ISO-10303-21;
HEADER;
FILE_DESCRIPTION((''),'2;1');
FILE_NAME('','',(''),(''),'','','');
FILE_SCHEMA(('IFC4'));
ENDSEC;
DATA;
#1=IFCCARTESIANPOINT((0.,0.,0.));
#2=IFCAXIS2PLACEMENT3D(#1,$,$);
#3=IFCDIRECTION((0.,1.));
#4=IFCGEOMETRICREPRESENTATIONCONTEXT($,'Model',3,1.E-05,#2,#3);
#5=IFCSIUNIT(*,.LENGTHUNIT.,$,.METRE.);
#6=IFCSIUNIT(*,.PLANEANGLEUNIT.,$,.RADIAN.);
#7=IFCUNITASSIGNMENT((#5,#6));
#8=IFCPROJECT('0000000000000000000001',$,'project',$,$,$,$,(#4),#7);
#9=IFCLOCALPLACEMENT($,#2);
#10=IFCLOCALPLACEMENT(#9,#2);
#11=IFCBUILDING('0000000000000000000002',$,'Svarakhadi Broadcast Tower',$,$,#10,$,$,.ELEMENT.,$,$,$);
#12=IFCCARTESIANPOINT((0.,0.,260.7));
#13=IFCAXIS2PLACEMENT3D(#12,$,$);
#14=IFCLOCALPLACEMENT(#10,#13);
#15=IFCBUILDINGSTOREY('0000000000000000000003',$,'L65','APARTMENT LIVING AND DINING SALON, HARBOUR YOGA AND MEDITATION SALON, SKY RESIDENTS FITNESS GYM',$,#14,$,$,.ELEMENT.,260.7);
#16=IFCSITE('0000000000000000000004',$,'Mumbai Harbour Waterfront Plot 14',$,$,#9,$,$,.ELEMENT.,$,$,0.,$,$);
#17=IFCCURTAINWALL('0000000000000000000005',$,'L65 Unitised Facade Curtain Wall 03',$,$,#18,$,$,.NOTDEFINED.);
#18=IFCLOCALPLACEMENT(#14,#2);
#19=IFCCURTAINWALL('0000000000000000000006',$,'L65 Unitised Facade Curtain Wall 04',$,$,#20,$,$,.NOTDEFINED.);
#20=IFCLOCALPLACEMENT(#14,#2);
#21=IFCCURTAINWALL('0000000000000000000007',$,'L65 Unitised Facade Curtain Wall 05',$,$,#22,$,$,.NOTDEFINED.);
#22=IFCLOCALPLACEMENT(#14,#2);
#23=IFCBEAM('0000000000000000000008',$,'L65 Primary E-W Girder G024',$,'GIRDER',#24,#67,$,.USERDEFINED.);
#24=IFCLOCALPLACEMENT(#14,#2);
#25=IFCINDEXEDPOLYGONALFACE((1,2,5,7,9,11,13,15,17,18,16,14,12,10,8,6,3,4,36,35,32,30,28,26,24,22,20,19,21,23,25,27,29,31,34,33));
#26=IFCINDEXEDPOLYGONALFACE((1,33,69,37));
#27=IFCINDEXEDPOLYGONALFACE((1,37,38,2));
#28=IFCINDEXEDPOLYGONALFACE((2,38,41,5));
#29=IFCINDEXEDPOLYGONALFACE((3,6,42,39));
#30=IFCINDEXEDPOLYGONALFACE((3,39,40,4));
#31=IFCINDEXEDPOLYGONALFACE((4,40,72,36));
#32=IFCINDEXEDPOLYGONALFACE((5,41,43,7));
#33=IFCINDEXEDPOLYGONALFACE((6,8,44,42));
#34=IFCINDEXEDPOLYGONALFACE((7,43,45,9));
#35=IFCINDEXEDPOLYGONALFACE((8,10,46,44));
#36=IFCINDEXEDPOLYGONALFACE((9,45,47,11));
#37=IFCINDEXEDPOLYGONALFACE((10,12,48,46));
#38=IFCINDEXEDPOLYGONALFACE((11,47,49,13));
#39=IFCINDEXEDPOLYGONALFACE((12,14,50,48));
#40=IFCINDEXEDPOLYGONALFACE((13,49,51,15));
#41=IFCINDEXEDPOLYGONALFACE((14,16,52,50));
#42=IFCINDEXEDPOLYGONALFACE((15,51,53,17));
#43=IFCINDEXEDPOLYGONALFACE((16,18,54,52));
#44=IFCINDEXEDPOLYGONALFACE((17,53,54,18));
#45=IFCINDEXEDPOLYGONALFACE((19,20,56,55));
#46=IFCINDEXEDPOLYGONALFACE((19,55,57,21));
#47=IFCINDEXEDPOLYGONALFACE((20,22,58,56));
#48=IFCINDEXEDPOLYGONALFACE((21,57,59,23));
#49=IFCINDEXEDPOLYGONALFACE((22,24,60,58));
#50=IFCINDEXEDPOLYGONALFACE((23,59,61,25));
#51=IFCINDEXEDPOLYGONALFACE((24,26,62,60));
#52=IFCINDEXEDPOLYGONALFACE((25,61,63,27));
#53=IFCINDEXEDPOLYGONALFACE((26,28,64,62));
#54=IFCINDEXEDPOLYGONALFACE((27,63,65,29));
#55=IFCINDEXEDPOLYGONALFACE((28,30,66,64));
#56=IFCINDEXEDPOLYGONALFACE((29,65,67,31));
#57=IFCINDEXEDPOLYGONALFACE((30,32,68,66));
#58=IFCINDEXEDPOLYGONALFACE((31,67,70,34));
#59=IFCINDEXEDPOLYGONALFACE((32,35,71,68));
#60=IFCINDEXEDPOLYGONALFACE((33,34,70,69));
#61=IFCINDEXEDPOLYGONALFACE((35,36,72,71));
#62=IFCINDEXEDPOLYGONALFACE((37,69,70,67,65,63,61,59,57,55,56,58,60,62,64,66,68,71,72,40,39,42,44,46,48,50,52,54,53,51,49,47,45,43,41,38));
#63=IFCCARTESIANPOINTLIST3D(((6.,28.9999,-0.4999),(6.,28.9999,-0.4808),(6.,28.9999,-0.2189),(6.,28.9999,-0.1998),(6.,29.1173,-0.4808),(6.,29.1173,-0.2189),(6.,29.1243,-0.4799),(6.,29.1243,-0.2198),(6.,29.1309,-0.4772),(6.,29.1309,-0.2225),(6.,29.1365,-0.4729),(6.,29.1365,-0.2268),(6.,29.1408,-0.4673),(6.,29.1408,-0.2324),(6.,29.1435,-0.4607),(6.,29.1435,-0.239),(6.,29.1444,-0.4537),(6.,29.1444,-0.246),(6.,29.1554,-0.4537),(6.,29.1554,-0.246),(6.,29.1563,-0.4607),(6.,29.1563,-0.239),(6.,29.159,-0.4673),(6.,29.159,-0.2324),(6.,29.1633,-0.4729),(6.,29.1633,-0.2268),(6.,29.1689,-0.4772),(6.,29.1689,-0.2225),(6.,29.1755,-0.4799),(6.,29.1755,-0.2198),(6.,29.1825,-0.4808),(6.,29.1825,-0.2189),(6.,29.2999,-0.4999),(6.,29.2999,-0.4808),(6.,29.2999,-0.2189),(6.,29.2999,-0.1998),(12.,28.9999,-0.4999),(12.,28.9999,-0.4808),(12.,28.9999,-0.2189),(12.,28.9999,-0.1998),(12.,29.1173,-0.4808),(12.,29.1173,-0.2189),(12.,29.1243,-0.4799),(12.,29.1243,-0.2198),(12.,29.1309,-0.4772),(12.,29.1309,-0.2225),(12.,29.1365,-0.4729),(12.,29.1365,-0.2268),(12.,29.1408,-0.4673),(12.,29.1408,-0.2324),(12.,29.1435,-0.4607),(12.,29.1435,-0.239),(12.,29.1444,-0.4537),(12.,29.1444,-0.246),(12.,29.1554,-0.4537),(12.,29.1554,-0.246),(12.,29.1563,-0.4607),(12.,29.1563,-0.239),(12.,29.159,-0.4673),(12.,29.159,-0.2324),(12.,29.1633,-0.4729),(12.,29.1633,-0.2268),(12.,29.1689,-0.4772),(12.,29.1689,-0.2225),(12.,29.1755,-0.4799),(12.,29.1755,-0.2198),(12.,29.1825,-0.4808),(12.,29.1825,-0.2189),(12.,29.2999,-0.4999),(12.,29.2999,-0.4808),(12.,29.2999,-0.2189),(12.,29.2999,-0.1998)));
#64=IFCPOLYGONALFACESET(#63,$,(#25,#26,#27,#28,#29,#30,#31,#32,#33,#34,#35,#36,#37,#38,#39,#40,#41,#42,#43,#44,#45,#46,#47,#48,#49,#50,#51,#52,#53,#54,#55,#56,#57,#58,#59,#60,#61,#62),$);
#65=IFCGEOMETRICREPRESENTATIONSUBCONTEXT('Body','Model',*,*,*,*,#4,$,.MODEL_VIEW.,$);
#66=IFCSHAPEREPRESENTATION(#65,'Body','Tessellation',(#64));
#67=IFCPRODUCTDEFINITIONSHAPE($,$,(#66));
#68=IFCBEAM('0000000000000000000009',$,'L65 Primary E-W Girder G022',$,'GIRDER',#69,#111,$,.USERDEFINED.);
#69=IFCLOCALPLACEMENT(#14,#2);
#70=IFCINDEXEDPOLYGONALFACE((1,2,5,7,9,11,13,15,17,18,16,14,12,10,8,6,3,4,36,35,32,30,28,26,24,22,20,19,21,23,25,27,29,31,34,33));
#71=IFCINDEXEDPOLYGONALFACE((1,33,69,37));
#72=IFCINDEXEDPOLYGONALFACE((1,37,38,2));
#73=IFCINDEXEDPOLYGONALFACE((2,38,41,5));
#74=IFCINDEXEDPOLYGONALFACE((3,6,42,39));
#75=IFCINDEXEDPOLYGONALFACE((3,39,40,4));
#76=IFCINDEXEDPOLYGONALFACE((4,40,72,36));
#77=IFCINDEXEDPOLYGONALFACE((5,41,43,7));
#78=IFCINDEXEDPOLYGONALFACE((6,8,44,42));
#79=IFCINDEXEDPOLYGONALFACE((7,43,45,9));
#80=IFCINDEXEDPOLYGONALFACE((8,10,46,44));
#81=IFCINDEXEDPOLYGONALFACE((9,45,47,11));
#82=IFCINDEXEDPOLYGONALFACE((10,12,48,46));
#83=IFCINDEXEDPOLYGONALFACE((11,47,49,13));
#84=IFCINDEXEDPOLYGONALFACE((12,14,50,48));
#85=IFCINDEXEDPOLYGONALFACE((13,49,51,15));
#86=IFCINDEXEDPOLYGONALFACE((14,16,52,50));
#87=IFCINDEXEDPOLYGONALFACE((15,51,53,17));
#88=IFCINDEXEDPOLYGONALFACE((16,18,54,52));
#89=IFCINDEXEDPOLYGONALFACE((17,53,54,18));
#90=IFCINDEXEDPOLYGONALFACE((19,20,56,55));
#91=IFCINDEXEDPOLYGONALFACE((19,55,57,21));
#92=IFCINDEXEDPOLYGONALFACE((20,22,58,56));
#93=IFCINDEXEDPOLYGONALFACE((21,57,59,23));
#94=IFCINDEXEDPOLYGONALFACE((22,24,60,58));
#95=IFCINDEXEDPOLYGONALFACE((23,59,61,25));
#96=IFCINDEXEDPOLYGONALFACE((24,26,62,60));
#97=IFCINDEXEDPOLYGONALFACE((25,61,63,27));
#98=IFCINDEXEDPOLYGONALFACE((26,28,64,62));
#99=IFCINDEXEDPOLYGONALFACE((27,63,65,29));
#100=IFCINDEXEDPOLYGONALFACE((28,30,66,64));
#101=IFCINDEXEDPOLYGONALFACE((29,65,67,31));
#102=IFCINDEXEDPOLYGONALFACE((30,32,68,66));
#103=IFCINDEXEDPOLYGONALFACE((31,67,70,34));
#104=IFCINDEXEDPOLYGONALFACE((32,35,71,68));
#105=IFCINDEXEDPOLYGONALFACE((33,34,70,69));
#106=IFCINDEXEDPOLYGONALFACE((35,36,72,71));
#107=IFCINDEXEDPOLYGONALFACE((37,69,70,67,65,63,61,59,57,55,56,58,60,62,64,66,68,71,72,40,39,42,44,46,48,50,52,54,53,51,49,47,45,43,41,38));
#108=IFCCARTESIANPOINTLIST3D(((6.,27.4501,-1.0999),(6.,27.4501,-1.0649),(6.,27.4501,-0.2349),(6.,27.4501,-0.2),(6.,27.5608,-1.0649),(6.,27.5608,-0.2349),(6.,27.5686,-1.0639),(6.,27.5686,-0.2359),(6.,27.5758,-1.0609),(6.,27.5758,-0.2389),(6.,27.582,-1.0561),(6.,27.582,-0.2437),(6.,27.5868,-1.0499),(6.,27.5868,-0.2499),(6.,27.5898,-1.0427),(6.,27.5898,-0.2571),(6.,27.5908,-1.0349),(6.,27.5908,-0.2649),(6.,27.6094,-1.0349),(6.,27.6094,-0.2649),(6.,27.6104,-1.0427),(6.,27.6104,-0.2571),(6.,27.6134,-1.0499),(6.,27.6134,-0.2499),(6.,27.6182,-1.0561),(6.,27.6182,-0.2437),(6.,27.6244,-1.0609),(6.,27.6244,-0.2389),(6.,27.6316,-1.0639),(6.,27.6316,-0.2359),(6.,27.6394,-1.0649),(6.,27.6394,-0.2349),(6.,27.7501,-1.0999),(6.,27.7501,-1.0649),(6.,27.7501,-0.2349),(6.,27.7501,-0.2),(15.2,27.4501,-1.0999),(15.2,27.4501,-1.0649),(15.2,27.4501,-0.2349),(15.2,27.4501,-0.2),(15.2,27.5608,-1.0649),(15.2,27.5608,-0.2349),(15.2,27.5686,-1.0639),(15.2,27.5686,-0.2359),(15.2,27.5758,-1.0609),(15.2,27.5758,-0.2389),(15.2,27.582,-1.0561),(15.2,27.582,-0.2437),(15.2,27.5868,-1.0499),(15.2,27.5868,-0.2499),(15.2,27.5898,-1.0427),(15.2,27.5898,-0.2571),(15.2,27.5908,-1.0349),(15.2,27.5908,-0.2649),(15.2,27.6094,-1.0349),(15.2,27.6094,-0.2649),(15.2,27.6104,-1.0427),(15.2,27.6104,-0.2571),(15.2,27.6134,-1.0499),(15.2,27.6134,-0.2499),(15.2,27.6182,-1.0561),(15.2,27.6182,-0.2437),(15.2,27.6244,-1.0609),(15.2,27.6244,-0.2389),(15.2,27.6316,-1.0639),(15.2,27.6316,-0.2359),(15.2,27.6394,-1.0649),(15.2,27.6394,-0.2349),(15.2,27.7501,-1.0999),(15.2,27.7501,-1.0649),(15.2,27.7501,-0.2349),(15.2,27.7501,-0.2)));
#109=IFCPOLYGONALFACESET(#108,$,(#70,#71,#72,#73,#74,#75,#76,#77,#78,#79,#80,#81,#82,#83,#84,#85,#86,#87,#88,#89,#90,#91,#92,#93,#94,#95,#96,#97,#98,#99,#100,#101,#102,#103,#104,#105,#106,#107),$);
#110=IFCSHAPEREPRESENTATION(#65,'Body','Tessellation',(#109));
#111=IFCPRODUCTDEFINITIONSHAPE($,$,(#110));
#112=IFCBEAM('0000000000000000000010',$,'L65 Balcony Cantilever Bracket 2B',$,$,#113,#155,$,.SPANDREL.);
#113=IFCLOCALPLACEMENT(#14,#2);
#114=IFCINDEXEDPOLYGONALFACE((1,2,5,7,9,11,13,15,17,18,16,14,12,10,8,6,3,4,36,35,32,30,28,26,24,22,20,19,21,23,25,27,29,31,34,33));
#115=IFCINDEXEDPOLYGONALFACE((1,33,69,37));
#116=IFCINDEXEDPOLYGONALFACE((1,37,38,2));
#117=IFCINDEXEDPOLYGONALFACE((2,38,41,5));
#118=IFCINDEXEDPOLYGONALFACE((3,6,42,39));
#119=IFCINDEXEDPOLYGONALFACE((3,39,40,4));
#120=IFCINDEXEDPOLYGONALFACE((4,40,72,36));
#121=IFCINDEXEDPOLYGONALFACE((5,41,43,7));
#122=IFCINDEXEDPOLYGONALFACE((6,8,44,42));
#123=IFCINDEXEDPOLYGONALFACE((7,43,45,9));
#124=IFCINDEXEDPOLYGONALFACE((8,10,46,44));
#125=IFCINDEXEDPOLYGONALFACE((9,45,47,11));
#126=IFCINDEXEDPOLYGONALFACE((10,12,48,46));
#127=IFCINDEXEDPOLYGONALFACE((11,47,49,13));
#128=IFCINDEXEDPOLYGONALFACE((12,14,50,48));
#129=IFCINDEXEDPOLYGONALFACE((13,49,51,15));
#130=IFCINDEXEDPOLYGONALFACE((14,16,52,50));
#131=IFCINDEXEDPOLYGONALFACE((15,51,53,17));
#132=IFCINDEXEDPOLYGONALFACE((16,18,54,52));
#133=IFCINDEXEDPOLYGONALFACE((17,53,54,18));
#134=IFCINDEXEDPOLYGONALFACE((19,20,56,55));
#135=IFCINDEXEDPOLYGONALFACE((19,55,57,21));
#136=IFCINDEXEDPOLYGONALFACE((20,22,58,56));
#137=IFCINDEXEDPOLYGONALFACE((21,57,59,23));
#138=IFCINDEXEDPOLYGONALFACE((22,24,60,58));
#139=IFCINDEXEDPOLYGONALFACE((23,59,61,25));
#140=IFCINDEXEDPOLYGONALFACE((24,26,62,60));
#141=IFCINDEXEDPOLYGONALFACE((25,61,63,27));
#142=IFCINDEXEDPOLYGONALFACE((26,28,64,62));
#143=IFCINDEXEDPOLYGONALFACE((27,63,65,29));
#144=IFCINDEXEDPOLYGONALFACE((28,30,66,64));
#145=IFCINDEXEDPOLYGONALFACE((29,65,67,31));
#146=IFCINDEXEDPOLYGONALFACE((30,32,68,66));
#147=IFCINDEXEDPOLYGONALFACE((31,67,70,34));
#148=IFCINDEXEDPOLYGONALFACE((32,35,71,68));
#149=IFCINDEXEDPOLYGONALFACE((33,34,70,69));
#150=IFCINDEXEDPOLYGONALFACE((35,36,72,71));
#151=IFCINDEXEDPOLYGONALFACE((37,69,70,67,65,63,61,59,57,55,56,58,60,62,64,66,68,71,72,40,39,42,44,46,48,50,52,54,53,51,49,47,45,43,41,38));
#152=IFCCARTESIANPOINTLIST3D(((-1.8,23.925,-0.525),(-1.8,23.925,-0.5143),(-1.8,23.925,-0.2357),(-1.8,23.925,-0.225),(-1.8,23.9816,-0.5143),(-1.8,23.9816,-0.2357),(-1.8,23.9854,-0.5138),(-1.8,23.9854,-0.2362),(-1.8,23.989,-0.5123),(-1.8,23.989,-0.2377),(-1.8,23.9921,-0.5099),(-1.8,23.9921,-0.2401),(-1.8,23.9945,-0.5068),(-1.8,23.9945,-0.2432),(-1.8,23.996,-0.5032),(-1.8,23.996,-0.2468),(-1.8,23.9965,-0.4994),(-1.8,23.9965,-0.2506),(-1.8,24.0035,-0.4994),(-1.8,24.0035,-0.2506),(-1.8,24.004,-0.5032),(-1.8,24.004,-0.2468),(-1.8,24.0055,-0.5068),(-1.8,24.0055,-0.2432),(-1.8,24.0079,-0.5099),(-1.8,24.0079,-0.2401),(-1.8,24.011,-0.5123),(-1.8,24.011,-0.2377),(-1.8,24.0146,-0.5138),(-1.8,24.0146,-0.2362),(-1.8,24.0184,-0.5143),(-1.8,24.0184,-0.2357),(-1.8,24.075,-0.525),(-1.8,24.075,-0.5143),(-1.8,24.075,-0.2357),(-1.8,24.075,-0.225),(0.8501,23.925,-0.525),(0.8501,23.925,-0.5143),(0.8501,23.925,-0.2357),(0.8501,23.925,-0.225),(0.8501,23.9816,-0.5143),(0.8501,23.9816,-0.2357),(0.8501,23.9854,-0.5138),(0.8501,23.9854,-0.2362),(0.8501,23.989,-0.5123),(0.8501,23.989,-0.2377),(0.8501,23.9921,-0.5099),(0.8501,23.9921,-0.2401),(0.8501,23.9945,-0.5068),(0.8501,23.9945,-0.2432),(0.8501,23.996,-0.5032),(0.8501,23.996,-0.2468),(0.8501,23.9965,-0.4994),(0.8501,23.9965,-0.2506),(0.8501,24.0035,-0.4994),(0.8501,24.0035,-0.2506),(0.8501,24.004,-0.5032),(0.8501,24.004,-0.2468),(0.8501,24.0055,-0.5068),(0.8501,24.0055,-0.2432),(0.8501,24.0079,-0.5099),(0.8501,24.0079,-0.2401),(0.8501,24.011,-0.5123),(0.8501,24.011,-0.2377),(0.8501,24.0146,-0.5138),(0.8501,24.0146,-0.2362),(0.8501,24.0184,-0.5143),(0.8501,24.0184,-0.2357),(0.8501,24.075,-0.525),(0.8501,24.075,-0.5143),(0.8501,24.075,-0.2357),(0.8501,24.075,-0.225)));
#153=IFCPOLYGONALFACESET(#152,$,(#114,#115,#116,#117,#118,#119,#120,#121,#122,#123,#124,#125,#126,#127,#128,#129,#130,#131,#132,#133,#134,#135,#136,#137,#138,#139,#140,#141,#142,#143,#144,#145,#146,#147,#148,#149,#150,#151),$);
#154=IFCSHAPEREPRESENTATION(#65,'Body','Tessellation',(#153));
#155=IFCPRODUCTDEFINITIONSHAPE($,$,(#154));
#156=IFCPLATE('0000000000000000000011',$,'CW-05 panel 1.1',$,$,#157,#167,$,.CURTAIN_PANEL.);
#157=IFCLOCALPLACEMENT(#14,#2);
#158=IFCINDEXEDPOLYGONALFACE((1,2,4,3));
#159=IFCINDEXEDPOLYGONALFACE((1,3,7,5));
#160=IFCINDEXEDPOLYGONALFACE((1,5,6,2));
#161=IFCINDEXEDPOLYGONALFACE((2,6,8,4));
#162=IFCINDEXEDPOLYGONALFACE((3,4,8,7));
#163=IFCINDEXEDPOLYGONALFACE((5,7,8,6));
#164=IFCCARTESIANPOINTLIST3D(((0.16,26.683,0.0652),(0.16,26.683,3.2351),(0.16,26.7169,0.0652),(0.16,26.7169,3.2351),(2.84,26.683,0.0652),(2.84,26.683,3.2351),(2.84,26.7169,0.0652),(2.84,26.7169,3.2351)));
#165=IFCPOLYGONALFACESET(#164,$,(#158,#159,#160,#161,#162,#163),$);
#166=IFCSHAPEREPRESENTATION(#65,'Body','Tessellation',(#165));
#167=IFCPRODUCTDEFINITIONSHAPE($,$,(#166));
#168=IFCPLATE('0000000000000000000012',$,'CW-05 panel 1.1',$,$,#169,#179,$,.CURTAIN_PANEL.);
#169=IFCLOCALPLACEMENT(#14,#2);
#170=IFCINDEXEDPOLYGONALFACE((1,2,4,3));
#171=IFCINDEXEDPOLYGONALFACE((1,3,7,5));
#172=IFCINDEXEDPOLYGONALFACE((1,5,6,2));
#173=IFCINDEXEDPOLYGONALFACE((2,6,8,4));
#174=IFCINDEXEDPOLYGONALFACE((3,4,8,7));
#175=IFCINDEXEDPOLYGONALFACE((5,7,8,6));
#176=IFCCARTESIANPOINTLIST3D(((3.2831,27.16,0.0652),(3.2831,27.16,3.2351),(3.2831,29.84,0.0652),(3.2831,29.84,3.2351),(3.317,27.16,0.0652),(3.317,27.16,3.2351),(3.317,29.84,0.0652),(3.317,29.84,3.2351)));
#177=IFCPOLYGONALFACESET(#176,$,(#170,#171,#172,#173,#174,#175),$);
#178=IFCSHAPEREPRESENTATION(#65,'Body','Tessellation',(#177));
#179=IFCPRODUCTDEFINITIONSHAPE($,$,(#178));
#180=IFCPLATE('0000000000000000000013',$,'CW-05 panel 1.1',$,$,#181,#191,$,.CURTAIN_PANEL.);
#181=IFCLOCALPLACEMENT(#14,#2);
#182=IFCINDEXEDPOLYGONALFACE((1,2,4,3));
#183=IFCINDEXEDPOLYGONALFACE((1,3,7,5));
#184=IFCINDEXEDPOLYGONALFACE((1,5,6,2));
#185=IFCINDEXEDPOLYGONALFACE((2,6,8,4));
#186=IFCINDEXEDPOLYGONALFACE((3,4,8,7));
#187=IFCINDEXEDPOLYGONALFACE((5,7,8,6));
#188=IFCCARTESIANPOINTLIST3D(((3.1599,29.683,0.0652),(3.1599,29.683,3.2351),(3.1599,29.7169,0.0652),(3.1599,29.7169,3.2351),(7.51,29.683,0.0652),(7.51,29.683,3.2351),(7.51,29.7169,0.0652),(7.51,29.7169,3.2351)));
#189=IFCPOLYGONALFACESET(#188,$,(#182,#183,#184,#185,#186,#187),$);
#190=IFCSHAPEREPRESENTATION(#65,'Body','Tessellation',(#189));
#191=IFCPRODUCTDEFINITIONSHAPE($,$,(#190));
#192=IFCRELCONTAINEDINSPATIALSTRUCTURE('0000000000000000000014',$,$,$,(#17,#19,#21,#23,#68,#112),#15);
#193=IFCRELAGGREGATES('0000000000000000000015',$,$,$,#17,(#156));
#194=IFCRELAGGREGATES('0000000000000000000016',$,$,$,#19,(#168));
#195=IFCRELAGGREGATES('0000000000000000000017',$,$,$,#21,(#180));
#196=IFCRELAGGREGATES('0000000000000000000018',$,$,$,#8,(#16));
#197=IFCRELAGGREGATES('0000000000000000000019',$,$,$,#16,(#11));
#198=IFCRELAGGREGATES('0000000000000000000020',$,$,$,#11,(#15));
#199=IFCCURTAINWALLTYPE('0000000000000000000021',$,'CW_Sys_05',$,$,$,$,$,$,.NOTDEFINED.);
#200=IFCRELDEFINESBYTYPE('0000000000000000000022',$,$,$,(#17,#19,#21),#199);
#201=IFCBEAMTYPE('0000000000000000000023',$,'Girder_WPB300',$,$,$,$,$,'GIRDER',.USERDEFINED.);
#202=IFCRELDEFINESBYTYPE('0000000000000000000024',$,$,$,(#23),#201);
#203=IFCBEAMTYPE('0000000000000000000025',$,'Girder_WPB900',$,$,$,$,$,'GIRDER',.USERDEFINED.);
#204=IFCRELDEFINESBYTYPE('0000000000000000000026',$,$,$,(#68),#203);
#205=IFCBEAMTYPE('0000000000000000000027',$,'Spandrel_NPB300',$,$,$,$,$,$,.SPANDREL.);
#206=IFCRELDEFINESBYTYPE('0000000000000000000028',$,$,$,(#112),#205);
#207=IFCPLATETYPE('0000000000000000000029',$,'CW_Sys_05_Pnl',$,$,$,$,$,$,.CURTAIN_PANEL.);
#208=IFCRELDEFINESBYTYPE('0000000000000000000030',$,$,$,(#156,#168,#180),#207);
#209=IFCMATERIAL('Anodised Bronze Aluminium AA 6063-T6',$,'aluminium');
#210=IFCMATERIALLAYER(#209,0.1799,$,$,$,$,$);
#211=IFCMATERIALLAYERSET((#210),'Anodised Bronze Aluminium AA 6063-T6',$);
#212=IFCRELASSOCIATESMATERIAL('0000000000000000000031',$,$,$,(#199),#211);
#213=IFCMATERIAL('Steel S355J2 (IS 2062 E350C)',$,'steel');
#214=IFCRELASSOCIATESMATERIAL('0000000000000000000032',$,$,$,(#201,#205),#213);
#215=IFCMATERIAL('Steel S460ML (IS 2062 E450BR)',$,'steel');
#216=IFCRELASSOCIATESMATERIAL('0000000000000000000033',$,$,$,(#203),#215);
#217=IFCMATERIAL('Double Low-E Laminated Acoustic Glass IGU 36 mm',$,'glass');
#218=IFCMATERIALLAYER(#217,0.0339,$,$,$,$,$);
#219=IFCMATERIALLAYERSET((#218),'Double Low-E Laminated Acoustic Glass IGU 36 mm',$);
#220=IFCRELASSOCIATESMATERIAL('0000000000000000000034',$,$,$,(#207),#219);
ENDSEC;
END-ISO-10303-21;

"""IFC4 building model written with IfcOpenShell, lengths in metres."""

from ifc_helpers import new_model, si_unit, direction, frame, origin, origin_2d, place, context, subcontext, project, spatial, rectangle, i_section, extrude, material, layer, layer_set, material_profile, profile_set, type_object, element, aggregate, save


model = new_model("IFC4")

# Units and contexts
model_context = context("Model", 3, precision=1e-05, world=origin(), true_north=direction((0.0, 1.0)))
body_context = subcontext(model_context, "Body", "Model", "MODEL_VIEW")
ifc_project = project(units=[si_unit("LENGTHUNIT", "METRE"), si_unit("PLANEANGLEUNIT", "RADIAN")], contexts=[model_context])

# Site, building, storey
site_placement = place(None, origin())
site = spatial("IfcSite", under=ifc_project, at=site_placement, Name="Mumbai Harbour Waterfront Plot 14", CompositionType="ELEMENT", RefElevation=0.0)
building_placement = place(site_placement, origin())
building = spatial("IfcBuilding", under=site, at=building_placement, Name="Svarakhadi Broadcast Tower", CompositionType="ELEMENT")
storey_placement = place(building_placement, frame((0.0, 0.0, 260.7)))
storey = spatial("IfcBuildingStorey", under=building, at=storey_placement, Name="L65", Description="APARTMENT LIVING AND DINING SALON, HARBOUR YOGA AND MEDITATION SALON, SKY RESIDENTS FITNESS GYM", CompositionType="ELEMENT", Elevation=260.7)

# Shared definitions
ifc_material_1 = material(Name="Steel S460ML (IS 2062 E450BR)", Category="steel")

# Curtain walls
ifc_material_2 = material(Name="Anodised Bronze Aluminium AA 6063-T6", Category="aluminium")
ifc_layer_1 = layer(ifc_material_2, 0.1799)
ifc_layer_set_1 = layer_set([ifc_layer_1], Name="Anodised Bronze Aluminium AA 6063-T6")
curtain_wall_type = type_object("IfcCurtainWallType", Name="CW_Sys_05", PredefinedType="NOTDEFINED", material=ifc_layer_set_1)
curtain_wall_1_placement = place(storey_placement, origin())
curtain_wall_1 = element("IfcCurtainWall", 1, at=curtain_wall_1_placement, inside=storey, type_object=curtain_wall_type, Name="L65 Unitised Facade Curtain Wall 03", PredefinedType="NOTDEFINED")
curtain_wall_2_placement = place(storey_placement, origin())
curtain_wall_2 = element("IfcCurtainWall", 2, at=curtain_wall_2_placement, inside=storey, type_object=curtain_wall_type, Name="L65 Unitised Facade Curtain Wall 04", PredefinedType="NOTDEFINED")

# Curtain wall
curtain_wall_3_placement = place(storey_placement, origin())
curtain_wall_3 = element("IfcCurtainWall", 3, at=curtain_wall_3_placement, inside=storey, type_object=curtain_wall_type, Name="L65 Unitised Facade Curtain Wall 05", PredefinedType="NOTDEFINED")

# Beams
ifc_material_3 = material(Name="Steel S355J2 (IS 2062 E350C)", Category="steel")
ifc_material_profile_1 = material_profile(ifc_material_3, i_section(OverallWidth=0.3, OverallDepth=0.3, WebThickness=0.011, FlangeThickness=0.019, FilletRadius=0.0271, at=origin_2d()), Name="WPB 300x300x117")
ifc_profile_set_1 = profile_set([ifc_material_profile_1], Name="Steel S355J2 (IS 2062 E350C)")
beam_type_1 = type_object("IfcBeamType", Name="Girder_WPB300", ElementType="GIRDER", PredefinedType="USERDEFINED", material=ifc_profile_set_1)
beam_1_placement = place(storey_placement, frame((6.0, 29.1499, -0.3499), z_axis=(1.0, 0.0, 0.0), x_axis=(0.0, 1.0, 0.0)))
element("IfcBeam", 4, at=beam_1_placement, inside=storey, type_object=beam_type_1, Name="L65 Primary E-W Girder G024", ObjectType="GIRDER", PredefinedType="USERDEFINED", context=body_context, shape_type="SweptSolid", body=[
    extrude(i_section(OverallWidth=0.3, OverallDepth=0.3, WebThickness=0.011, FlangeThickness=0.019, FilletRadius=0.0271, at=origin_2d()), origin(), (0.0, 0.0, 1.0), 6.0),
])
ifc_material_profile_2 = material_profile(ifc_material_1, i_section(OverallWidth=0.3, OverallDepth=0.8999, WebThickness=0.0186, FlangeThickness=0.0349, FilletRadius=0.03, at=origin_2d()), Name="WPB 900x300x291")
ifc_profile_set_2 = profile_set([ifc_material_profile_2], Name="Steel S460ML (IS 2062 E450BR)")
beam_type_2 = type_object("IfcBeamType", Name="Girder_WPB900", ElementType="GIRDER", PredefinedType="USERDEFINED", material=ifc_profile_set_2)
beam_2_placement = place(storey_placement, frame((6.0, 27.6001, -0.6499), z_axis=(1.0, 0.0, 0.0), x_axis=(0.0, 1.0, 0.0)))
element("IfcBeam", 5, at=beam_2_placement, inside=storey, type_object=beam_type_2, Name="L65 Primary E-W Girder G022", ObjectType="GIRDER", PredefinedType="USERDEFINED", context=body_context, shape_type="SweptSolid", body=[
    extrude(i_section(OverallWidth=0.3, OverallDepth=0.8999, WebThickness=0.0186, FlangeThickness=0.0349, FilletRadius=0.03, at=origin_2d()), origin(), (0.0, 0.0, 1.0), 9.2),
])
ifc_material_profile_3 = material_profile(ifc_material_3, i_section(OverallWidth=0.1499, OverallDepth=0.3, WebThickness=0.0071, FlangeThickness=0.0107, FilletRadius=0.0149, at=origin_2d()), Name="NPB 300x150x37")
ifc_profile_set_3 = profile_set([ifc_material_profile_3], Name="Steel S355J2 (IS 2062 E350C)")
beam_type_3 = type_object("IfcBeamType", Name="Spandrel_NPB300", PredefinedType="SPANDREL", material=ifc_profile_set_3)
beam_3_placement = place(storey_placement, frame((0.8501, 24.0, -0.375), z_axis=(-1.0, 0.0, 0.0), x_axis=(0.0, -1.0, 0.0)))
element("IfcBeam", 6, at=beam_3_placement, inside=storey, type_object=beam_type_3, Name="L65 Balcony Cantilever Bracket 2B", PredefinedType="SPANDREL", context=body_context, shape_type="SweptSolid", body=[
    extrude(i_section(OverallWidth=0.1499, OverallDepth=0.3, WebThickness=0.0071, FlangeThickness=0.0107, FilletRadius=0.0149, at=origin_2d()), origin(), (0.0, 0.0, 1.0), 2.6501),
])

# Plates
ifc_material_4 = material(Name="Double Low-E Laminated Acoustic Glass IGU 36 mm", Category="glass")
ifc_layer_2 = layer(ifc_material_4, 0.0339)
ifc_layer_set_2 = layer_set([ifc_layer_2], Name="Double Low-E Laminated Acoustic Glass IGU 36 mm")
plate_type = type_object("IfcPlateType", Name="CW_Sys_05_Pnl", PredefinedType="CURTAIN_PANEL", material=ifc_layer_set_2)
plate_1_placement = place(storey_placement, frame((1.5, 26.7, 0.0652), z_axis=(0.0, 0.0, 1.0), x_axis=(1.0, 0.0, 0.0)))
plate_1 = element("IfcPlate", 7, at=plate_1_placement, type_object=plate_type, Name="CW-05 panel 1.1", PredefinedType="CURTAIN_PANEL", context=body_context, shape_type="SweptSolid", body=[
    extrude(rectangle(XDim=2.6799, YDim=0.0339, at=origin_2d()), origin(), (0.0, 0.0, 1.0), 3.1699),
])
aggregate(curtain_wall_1, [plate_1])
plate_2_placement = place(storey_placement, frame((3.3, 28.5, 0.0652), z_axis=(0.0, 0.0, 1.0), x_axis=(0.0, 1.0, 0.0)))
plate_2 = element("IfcPlate", 8, at=plate_2_placement, type_object=plate_type, Name="CW-05 panel 1.1", PredefinedType="CURTAIN_PANEL", context=body_context, shape_type="SweptSolid", body=[
    extrude(rectangle(XDim=2.6799, YDim=0.0339, at=origin_2d()), origin(), (0.0, 0.0, 1.0), 3.1699),
])
aggregate(curtain_wall_2, [plate_2])
plate_3_placement = place(storey_placement, frame((5.335, 29.7, 0.0652), z_axis=(0.0, 0.0, 1.0), x_axis=(1.0, 0.0, 0.0)))
plate_3 = element("IfcPlate", 9, at=plate_3_placement, type_object=plate_type, Name="CW-05 panel 1.1", PredefinedType="CURTAIN_PANEL", context=body_context, shape_type="SweptSolid", body=[
    extrude(rectangle(XDim=4.3501, YDim=0.0339, at=origin_2d()), origin(), (0.0, 0.0, 1.0), 3.1699),
])
aggregate(curtain_wall_3, [plate_3])

save(model, "model.ifc")
